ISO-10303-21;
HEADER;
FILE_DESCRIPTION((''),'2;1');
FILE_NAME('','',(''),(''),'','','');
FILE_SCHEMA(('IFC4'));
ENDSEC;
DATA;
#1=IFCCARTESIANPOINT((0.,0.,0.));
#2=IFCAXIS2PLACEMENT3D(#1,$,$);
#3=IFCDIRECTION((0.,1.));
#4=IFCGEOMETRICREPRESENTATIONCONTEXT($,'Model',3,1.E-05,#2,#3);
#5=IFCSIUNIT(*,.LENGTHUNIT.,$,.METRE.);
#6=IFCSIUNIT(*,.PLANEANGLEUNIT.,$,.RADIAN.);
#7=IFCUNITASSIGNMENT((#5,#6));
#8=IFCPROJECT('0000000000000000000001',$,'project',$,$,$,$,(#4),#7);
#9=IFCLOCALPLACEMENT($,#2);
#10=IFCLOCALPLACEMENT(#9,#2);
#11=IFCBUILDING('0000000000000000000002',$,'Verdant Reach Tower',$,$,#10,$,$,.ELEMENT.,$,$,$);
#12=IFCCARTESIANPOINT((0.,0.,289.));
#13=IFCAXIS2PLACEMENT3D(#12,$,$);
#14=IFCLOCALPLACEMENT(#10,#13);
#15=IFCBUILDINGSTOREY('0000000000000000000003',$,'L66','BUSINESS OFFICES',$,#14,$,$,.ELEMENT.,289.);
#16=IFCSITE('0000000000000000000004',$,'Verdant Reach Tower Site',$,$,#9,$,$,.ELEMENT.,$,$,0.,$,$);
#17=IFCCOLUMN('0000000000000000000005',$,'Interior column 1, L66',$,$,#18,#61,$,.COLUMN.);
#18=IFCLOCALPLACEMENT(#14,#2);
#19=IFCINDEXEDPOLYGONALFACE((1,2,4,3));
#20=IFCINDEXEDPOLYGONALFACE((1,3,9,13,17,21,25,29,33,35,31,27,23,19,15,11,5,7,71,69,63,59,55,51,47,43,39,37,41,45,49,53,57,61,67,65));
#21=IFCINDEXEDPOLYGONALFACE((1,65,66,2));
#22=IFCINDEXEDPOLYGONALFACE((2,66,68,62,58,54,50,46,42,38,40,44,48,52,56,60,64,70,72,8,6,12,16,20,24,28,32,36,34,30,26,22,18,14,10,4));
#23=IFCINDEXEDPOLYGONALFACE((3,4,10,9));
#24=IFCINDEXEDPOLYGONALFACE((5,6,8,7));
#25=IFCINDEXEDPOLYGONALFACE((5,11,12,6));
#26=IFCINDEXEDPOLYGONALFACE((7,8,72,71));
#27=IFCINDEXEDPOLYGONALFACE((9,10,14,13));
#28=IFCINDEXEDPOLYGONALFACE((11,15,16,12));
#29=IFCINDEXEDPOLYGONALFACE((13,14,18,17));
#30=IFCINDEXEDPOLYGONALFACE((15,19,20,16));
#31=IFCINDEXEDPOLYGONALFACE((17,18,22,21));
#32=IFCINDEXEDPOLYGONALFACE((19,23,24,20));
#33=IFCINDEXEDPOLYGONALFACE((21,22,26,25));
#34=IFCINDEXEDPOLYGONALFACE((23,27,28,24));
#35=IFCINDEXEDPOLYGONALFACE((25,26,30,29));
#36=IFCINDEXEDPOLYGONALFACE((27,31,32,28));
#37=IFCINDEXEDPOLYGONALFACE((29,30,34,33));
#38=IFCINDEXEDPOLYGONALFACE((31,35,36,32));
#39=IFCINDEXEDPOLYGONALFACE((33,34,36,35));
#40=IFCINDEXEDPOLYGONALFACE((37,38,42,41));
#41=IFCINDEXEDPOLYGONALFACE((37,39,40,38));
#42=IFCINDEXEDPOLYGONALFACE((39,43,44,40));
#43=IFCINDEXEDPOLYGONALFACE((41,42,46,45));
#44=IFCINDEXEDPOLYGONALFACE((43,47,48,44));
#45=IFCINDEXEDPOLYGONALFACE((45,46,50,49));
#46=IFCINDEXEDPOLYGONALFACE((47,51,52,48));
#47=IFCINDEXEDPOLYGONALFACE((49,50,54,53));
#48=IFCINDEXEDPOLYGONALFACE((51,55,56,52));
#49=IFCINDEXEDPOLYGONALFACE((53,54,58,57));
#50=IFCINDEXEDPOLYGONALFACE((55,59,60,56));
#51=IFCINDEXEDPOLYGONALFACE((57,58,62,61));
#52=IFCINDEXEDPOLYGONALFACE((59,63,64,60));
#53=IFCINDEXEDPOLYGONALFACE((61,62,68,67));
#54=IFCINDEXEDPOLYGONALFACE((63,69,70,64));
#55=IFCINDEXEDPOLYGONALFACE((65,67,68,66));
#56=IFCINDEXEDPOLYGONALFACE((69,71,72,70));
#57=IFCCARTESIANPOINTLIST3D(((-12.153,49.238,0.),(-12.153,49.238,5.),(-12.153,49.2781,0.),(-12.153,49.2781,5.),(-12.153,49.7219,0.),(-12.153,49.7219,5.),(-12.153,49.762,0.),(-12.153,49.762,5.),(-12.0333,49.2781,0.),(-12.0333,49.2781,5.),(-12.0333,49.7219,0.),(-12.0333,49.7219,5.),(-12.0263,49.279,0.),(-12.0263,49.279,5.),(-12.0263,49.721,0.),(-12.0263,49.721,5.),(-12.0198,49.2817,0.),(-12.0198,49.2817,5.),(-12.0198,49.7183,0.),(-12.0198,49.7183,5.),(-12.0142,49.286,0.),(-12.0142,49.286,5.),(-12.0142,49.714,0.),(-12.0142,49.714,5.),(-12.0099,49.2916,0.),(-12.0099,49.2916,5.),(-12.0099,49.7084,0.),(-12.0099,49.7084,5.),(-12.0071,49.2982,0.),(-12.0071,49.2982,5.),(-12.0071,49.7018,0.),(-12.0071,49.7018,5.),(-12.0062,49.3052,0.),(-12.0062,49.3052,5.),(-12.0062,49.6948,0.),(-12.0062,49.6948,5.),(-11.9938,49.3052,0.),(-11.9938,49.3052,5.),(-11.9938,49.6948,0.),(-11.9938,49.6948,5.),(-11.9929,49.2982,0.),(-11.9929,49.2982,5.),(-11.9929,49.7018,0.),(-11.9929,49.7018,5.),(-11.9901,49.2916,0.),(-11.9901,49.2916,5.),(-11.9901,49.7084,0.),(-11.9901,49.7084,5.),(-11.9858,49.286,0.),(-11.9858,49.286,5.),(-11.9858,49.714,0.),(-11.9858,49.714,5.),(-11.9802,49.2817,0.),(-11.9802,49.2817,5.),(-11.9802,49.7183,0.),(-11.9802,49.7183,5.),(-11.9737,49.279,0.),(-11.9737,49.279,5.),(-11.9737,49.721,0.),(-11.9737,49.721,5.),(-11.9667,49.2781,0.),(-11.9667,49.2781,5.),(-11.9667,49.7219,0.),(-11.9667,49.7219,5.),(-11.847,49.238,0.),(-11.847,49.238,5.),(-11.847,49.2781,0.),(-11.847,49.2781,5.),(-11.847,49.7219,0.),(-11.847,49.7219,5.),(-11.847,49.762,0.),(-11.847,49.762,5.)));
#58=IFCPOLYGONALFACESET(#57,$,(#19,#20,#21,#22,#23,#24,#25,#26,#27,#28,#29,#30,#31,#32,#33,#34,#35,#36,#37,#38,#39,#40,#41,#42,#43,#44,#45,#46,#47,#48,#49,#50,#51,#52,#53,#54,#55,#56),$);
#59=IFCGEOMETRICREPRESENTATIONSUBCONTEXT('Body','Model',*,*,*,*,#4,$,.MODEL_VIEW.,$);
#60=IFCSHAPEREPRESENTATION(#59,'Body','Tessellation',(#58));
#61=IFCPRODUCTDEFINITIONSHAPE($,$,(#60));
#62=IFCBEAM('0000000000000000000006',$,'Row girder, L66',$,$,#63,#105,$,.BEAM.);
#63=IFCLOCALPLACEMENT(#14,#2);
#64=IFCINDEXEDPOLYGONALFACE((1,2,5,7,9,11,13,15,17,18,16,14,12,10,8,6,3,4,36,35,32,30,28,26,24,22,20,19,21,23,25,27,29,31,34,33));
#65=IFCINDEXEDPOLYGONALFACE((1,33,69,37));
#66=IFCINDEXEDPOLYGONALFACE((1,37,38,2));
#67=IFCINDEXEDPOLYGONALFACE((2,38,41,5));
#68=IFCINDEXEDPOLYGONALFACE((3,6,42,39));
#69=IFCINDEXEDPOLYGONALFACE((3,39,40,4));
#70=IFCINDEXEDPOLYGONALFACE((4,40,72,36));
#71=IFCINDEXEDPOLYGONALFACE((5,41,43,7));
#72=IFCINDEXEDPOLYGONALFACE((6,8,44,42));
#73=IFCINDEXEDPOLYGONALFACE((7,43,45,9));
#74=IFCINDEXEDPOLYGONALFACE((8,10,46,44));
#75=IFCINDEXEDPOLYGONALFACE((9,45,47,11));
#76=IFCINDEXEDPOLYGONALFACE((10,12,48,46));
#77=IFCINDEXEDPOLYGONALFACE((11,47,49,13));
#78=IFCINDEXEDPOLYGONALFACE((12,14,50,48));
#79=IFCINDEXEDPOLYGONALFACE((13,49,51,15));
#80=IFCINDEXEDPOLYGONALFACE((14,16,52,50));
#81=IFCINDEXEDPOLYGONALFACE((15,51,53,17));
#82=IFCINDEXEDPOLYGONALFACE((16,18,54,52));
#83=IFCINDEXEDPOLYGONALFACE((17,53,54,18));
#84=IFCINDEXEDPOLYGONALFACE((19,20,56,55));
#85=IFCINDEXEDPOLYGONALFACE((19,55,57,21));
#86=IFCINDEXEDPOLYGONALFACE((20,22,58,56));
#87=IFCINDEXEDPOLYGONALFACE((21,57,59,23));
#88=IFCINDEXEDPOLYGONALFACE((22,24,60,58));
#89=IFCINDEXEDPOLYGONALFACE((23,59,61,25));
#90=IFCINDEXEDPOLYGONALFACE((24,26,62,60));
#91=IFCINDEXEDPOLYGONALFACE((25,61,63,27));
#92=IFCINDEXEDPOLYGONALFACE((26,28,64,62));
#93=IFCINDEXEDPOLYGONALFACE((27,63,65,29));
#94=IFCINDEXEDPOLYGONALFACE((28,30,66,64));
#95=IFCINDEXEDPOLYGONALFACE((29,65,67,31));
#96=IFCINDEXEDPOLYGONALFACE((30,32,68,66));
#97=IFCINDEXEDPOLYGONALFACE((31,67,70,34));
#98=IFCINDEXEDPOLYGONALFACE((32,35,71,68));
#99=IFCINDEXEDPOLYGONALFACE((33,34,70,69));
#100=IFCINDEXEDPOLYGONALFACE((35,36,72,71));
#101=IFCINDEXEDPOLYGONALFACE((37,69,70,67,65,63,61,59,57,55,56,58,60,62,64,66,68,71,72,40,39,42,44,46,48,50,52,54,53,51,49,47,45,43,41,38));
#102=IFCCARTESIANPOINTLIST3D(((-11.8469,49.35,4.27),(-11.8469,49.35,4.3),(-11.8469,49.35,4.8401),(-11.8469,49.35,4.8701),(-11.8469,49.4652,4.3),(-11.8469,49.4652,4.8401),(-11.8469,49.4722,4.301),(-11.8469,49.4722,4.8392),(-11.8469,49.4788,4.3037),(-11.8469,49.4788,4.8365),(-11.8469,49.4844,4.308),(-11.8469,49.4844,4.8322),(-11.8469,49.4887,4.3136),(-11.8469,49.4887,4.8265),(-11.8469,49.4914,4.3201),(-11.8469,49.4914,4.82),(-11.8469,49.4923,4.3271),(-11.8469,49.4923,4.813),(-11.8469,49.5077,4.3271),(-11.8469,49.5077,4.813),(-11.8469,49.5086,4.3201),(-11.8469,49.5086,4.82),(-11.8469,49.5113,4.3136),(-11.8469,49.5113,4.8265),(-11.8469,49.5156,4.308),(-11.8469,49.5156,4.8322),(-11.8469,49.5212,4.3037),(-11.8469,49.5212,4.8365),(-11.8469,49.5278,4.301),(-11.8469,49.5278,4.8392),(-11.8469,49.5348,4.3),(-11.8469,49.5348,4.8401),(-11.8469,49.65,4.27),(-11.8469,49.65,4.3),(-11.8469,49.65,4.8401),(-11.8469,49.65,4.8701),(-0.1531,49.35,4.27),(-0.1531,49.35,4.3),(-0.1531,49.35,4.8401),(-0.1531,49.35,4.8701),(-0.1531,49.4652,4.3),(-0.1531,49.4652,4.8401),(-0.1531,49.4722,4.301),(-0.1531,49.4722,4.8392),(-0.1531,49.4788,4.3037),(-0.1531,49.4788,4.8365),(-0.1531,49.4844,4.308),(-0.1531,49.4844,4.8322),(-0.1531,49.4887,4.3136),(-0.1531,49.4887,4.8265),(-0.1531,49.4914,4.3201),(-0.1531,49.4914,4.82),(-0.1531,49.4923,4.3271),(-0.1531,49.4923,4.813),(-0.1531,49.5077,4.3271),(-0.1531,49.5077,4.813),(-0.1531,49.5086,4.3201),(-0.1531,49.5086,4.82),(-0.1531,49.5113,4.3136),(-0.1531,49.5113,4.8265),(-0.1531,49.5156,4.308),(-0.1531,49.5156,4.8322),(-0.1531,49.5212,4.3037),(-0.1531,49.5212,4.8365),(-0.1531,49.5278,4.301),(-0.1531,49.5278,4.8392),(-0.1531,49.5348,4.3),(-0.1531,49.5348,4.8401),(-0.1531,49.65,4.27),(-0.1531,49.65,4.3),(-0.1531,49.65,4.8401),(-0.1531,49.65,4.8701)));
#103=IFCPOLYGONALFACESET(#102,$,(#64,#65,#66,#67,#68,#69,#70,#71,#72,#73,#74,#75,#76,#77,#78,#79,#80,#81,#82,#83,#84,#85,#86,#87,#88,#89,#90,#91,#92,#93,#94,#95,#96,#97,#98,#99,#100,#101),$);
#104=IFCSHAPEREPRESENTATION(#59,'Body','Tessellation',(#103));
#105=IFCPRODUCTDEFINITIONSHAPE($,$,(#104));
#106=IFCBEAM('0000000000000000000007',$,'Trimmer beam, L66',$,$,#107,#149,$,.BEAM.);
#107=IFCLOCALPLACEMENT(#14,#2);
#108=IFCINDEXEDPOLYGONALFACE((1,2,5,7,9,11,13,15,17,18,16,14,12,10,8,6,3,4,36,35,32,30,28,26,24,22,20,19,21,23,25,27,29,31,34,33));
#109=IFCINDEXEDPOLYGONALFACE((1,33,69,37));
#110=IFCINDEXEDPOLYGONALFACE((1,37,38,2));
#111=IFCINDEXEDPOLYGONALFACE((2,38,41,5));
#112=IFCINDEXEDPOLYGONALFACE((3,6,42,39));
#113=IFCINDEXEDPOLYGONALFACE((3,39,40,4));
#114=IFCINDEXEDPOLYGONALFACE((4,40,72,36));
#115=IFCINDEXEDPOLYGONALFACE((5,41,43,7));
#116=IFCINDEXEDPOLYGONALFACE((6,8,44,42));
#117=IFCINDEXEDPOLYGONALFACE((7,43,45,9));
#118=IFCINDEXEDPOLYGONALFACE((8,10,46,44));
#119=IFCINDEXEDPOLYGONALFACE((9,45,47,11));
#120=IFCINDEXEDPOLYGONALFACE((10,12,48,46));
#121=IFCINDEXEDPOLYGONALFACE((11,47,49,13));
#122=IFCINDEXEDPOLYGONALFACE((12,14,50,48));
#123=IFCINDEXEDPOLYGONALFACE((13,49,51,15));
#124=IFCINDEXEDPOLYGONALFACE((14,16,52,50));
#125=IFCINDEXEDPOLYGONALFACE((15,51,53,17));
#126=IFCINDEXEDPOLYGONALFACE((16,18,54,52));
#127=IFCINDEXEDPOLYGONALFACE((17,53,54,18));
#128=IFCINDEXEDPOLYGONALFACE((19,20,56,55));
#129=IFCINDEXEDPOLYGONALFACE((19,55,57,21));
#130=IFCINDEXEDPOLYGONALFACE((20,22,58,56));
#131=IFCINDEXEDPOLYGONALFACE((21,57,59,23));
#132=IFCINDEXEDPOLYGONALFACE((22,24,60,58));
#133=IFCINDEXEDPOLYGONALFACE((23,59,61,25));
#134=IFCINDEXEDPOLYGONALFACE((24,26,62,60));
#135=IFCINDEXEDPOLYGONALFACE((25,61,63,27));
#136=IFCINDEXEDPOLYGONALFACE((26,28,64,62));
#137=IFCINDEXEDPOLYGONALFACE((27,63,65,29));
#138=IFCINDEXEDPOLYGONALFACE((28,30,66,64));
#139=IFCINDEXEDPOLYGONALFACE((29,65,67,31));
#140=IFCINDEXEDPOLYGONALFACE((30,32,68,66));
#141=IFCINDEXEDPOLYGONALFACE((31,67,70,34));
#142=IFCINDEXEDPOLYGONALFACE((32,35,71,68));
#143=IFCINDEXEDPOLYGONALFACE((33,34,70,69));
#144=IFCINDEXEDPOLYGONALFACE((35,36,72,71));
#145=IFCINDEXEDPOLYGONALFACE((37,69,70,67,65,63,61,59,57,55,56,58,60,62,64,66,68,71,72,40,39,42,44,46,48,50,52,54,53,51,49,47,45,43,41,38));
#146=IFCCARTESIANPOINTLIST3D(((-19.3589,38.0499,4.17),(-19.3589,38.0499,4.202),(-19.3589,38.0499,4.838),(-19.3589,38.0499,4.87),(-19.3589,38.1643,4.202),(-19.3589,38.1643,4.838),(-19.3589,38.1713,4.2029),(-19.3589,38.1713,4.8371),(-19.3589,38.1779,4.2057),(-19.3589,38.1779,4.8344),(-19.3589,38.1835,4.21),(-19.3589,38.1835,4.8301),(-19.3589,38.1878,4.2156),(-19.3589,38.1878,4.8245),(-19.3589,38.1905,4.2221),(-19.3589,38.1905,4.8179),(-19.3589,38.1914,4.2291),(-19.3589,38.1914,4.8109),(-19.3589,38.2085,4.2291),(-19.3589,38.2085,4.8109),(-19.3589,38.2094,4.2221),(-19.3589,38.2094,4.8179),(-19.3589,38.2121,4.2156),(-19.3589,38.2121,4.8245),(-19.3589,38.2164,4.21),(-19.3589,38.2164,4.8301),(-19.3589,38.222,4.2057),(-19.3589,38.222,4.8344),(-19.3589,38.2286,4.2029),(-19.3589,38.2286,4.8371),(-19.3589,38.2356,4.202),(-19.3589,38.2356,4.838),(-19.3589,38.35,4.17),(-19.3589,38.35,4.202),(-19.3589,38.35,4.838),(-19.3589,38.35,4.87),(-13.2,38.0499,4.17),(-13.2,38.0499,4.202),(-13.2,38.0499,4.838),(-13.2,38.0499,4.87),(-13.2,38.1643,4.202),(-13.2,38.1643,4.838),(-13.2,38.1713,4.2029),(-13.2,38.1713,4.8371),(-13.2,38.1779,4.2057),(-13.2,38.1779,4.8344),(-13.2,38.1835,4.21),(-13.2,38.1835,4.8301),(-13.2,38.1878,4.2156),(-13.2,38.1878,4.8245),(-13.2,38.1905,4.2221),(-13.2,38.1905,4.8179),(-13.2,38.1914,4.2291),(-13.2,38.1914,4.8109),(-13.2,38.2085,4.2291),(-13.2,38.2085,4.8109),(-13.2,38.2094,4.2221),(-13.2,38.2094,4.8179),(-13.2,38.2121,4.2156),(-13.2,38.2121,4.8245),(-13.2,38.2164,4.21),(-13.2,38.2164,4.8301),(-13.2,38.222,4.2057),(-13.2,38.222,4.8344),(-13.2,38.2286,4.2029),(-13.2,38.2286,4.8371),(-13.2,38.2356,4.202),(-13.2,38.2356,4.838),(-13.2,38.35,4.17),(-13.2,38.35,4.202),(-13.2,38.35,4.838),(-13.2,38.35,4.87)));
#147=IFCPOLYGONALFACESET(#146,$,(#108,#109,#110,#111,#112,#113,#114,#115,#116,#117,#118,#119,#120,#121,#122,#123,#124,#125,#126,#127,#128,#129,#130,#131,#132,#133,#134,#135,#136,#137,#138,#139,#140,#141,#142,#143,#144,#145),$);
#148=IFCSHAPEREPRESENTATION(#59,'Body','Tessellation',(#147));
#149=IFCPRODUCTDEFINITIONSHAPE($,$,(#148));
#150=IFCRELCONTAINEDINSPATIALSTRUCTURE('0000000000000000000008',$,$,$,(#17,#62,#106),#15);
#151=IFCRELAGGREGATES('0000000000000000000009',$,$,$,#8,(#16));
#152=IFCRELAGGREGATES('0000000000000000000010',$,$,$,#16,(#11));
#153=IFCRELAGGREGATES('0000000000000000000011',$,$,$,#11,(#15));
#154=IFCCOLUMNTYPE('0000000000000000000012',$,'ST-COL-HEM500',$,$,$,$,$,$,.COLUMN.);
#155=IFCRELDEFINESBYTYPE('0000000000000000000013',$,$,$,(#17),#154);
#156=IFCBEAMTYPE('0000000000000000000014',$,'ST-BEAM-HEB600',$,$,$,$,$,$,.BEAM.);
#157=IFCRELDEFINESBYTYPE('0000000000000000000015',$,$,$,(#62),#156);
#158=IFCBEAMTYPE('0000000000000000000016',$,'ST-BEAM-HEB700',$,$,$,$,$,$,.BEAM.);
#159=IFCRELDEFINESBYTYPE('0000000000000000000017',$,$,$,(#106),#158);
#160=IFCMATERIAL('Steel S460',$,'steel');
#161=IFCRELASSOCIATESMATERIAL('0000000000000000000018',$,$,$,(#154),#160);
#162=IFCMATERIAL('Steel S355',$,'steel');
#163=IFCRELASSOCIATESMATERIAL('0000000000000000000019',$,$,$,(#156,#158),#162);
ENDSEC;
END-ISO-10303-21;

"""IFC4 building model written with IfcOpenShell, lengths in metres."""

from ifc_helpers import new_model, si_unit, direction, frame, origin, origin_2d, place, context, subcontext, project, spatial, i_section, extrude, material, material_profile, profile_set, type_object, element, save


model = new_model("IFC4")

# Units and contexts
model_context = context("Model", 3, precision=1e-05, world=origin(), true_north=direction((0.0, 1.0)))
body_context = subcontext(model_context, "Body", "Model", "MODEL_VIEW")
ifc_project = project(units=[si_unit("LENGTHUNIT", "METRE"), si_unit("PLANEANGLEUNIT", "RADIAN")], contexts=[model_context])

# Site, building, storey
site_placement = place(None, origin())
site = spatial("IfcSite", under=ifc_project, at=site_placement, Name="Verdant Reach Tower Site", CompositionType="ELEMENT", RefElevation=0.0)
building_placement = place(site_placement, origin())
building = spatial("IfcBuilding", under=site, at=building_placement, Name="Verdant Reach Tower", CompositionType="ELEMENT")
storey_placement = place(building_placement, frame((0.0, 0.0, 289.0)))
storey = spatial("IfcBuildingStorey", under=building, at=storey_placement, Name="L66", Description="BUSINESS OFFICES", CompositionType="ELEMENT", Elevation=289.0)

# Column
ifc_material_1 = material(Name="Steel S460", Category="steel")
ifc_material_profile_1 = material_profile(ifc_material_1, i_section(OverallWidth=0.3059, OverallDepth=0.5239, WebThickness=0.0125, FlangeThickness=0.04, FilletRadius=0.0271, at=origin_2d()), Name="HEM 500")
ifc_profile_set_1 = profile_set([ifc_material_profile_1], Name="Steel S460")
column_type = type_object("IfcColumnType", Name="ST-COL-HEM500", PredefinedType="COLUMN", material=ifc_profile_set_1)
column_placement = place(storey_placement, frame((-12.0, 49.5, 0.0), z_axis=(0.0, 0.0, 1.0), x_axis=(1.0, 0.0, 0.0)))
element("IfcColumn", 1, at=column_placement, inside=storey, type_object=column_type, Name="Interior column 1, L66", PredefinedType="COLUMN", context=body_context, shape_type="SweptSolid", body=[
    extrude(i_section(OverallWidth=0.3059, OverallDepth=0.5239, WebThickness=0.0125, FlangeThickness=0.04, FilletRadius=0.0271, at=origin_2d()), origin(), (0.0, 0.0, 1.0), 5.0),
])

# Beams
ifc_material_2 = material(Name="Steel S355", Category="steel")
ifc_material_profile_2 = material_profile(ifc_material_2, i_section(OverallWidth=0.3, OverallDepth=0.6001, WebThickness=0.0154, FlangeThickness=0.03, FilletRadius=0.0271, at=origin_2d()), Name="HEB 600")
ifc_profile_set_2 = profile_set([ifc_material_profile_2], Name="Steel S355")
beam_type_1 = type_object("IfcBeamType", Name="ST-BEAM-HEB600", PredefinedType="BEAM", material=ifc_profile_set_2)
beam_1_placement = place(storey_placement, frame((-11.8469, 49.5, 4.5701), z_axis=(1.0, 0.0, 0.0), x_axis=(0.0, 1.0, 0.0)))
element("IfcBeam", 2, at=beam_1_placement, inside=storey, type_object=beam_type_1, Name="Row girder, L66", PredefinedType="BEAM", context=body_context, shape_type="SweptSolid", body=[
    extrude(i_section(OverallWidth=0.3, OverallDepth=0.6001, WebThickness=0.0154, FlangeThickness=0.03, FilletRadius=0.0271, at=origin_2d()), origin(), (0.0, 0.0, 1.0), 11.6938),
])
ifc_material_profile_3 = material_profile(ifc_material_2, i_section(OverallWidth=0.3, OverallDepth=0.7, WebThickness=0.0171, FlangeThickness=0.032, FilletRadius=0.0271, at=origin_2d()), Name="HEB 700")
ifc_profile_set_3 = profile_set([ifc_material_profile_3], Name="Steel S355")
beam_type_2 = type_object("IfcBeamType", Name="ST-BEAM-HEB700", PredefinedType="BEAM", material=ifc_profile_set_3)
beam_2_placement = place(storey_placement, frame((-13.2, 38.2, 4.52), z_axis=(-1.0, 0.0, 0.0), x_axis=(0.0, -1.0, 0.0)))
element("IfcBeam", 3, at=beam_2_placement, inside=storey, type_object=beam_type_2, Name="Trimmer beam, L66", PredefinedType="BEAM", context=body_context, shape_type="SweptSolid", body=[
    extrude(i_section(OverallWidth=0.3, OverallDepth=0.7, WebThickness=0.0171, FlangeThickness=0.032, FilletRadius=0.0271, at=origin_2d()), origin(), (0.0, 0.0, 1.0), 6.1589),
])

save(model, "model.ifc")
